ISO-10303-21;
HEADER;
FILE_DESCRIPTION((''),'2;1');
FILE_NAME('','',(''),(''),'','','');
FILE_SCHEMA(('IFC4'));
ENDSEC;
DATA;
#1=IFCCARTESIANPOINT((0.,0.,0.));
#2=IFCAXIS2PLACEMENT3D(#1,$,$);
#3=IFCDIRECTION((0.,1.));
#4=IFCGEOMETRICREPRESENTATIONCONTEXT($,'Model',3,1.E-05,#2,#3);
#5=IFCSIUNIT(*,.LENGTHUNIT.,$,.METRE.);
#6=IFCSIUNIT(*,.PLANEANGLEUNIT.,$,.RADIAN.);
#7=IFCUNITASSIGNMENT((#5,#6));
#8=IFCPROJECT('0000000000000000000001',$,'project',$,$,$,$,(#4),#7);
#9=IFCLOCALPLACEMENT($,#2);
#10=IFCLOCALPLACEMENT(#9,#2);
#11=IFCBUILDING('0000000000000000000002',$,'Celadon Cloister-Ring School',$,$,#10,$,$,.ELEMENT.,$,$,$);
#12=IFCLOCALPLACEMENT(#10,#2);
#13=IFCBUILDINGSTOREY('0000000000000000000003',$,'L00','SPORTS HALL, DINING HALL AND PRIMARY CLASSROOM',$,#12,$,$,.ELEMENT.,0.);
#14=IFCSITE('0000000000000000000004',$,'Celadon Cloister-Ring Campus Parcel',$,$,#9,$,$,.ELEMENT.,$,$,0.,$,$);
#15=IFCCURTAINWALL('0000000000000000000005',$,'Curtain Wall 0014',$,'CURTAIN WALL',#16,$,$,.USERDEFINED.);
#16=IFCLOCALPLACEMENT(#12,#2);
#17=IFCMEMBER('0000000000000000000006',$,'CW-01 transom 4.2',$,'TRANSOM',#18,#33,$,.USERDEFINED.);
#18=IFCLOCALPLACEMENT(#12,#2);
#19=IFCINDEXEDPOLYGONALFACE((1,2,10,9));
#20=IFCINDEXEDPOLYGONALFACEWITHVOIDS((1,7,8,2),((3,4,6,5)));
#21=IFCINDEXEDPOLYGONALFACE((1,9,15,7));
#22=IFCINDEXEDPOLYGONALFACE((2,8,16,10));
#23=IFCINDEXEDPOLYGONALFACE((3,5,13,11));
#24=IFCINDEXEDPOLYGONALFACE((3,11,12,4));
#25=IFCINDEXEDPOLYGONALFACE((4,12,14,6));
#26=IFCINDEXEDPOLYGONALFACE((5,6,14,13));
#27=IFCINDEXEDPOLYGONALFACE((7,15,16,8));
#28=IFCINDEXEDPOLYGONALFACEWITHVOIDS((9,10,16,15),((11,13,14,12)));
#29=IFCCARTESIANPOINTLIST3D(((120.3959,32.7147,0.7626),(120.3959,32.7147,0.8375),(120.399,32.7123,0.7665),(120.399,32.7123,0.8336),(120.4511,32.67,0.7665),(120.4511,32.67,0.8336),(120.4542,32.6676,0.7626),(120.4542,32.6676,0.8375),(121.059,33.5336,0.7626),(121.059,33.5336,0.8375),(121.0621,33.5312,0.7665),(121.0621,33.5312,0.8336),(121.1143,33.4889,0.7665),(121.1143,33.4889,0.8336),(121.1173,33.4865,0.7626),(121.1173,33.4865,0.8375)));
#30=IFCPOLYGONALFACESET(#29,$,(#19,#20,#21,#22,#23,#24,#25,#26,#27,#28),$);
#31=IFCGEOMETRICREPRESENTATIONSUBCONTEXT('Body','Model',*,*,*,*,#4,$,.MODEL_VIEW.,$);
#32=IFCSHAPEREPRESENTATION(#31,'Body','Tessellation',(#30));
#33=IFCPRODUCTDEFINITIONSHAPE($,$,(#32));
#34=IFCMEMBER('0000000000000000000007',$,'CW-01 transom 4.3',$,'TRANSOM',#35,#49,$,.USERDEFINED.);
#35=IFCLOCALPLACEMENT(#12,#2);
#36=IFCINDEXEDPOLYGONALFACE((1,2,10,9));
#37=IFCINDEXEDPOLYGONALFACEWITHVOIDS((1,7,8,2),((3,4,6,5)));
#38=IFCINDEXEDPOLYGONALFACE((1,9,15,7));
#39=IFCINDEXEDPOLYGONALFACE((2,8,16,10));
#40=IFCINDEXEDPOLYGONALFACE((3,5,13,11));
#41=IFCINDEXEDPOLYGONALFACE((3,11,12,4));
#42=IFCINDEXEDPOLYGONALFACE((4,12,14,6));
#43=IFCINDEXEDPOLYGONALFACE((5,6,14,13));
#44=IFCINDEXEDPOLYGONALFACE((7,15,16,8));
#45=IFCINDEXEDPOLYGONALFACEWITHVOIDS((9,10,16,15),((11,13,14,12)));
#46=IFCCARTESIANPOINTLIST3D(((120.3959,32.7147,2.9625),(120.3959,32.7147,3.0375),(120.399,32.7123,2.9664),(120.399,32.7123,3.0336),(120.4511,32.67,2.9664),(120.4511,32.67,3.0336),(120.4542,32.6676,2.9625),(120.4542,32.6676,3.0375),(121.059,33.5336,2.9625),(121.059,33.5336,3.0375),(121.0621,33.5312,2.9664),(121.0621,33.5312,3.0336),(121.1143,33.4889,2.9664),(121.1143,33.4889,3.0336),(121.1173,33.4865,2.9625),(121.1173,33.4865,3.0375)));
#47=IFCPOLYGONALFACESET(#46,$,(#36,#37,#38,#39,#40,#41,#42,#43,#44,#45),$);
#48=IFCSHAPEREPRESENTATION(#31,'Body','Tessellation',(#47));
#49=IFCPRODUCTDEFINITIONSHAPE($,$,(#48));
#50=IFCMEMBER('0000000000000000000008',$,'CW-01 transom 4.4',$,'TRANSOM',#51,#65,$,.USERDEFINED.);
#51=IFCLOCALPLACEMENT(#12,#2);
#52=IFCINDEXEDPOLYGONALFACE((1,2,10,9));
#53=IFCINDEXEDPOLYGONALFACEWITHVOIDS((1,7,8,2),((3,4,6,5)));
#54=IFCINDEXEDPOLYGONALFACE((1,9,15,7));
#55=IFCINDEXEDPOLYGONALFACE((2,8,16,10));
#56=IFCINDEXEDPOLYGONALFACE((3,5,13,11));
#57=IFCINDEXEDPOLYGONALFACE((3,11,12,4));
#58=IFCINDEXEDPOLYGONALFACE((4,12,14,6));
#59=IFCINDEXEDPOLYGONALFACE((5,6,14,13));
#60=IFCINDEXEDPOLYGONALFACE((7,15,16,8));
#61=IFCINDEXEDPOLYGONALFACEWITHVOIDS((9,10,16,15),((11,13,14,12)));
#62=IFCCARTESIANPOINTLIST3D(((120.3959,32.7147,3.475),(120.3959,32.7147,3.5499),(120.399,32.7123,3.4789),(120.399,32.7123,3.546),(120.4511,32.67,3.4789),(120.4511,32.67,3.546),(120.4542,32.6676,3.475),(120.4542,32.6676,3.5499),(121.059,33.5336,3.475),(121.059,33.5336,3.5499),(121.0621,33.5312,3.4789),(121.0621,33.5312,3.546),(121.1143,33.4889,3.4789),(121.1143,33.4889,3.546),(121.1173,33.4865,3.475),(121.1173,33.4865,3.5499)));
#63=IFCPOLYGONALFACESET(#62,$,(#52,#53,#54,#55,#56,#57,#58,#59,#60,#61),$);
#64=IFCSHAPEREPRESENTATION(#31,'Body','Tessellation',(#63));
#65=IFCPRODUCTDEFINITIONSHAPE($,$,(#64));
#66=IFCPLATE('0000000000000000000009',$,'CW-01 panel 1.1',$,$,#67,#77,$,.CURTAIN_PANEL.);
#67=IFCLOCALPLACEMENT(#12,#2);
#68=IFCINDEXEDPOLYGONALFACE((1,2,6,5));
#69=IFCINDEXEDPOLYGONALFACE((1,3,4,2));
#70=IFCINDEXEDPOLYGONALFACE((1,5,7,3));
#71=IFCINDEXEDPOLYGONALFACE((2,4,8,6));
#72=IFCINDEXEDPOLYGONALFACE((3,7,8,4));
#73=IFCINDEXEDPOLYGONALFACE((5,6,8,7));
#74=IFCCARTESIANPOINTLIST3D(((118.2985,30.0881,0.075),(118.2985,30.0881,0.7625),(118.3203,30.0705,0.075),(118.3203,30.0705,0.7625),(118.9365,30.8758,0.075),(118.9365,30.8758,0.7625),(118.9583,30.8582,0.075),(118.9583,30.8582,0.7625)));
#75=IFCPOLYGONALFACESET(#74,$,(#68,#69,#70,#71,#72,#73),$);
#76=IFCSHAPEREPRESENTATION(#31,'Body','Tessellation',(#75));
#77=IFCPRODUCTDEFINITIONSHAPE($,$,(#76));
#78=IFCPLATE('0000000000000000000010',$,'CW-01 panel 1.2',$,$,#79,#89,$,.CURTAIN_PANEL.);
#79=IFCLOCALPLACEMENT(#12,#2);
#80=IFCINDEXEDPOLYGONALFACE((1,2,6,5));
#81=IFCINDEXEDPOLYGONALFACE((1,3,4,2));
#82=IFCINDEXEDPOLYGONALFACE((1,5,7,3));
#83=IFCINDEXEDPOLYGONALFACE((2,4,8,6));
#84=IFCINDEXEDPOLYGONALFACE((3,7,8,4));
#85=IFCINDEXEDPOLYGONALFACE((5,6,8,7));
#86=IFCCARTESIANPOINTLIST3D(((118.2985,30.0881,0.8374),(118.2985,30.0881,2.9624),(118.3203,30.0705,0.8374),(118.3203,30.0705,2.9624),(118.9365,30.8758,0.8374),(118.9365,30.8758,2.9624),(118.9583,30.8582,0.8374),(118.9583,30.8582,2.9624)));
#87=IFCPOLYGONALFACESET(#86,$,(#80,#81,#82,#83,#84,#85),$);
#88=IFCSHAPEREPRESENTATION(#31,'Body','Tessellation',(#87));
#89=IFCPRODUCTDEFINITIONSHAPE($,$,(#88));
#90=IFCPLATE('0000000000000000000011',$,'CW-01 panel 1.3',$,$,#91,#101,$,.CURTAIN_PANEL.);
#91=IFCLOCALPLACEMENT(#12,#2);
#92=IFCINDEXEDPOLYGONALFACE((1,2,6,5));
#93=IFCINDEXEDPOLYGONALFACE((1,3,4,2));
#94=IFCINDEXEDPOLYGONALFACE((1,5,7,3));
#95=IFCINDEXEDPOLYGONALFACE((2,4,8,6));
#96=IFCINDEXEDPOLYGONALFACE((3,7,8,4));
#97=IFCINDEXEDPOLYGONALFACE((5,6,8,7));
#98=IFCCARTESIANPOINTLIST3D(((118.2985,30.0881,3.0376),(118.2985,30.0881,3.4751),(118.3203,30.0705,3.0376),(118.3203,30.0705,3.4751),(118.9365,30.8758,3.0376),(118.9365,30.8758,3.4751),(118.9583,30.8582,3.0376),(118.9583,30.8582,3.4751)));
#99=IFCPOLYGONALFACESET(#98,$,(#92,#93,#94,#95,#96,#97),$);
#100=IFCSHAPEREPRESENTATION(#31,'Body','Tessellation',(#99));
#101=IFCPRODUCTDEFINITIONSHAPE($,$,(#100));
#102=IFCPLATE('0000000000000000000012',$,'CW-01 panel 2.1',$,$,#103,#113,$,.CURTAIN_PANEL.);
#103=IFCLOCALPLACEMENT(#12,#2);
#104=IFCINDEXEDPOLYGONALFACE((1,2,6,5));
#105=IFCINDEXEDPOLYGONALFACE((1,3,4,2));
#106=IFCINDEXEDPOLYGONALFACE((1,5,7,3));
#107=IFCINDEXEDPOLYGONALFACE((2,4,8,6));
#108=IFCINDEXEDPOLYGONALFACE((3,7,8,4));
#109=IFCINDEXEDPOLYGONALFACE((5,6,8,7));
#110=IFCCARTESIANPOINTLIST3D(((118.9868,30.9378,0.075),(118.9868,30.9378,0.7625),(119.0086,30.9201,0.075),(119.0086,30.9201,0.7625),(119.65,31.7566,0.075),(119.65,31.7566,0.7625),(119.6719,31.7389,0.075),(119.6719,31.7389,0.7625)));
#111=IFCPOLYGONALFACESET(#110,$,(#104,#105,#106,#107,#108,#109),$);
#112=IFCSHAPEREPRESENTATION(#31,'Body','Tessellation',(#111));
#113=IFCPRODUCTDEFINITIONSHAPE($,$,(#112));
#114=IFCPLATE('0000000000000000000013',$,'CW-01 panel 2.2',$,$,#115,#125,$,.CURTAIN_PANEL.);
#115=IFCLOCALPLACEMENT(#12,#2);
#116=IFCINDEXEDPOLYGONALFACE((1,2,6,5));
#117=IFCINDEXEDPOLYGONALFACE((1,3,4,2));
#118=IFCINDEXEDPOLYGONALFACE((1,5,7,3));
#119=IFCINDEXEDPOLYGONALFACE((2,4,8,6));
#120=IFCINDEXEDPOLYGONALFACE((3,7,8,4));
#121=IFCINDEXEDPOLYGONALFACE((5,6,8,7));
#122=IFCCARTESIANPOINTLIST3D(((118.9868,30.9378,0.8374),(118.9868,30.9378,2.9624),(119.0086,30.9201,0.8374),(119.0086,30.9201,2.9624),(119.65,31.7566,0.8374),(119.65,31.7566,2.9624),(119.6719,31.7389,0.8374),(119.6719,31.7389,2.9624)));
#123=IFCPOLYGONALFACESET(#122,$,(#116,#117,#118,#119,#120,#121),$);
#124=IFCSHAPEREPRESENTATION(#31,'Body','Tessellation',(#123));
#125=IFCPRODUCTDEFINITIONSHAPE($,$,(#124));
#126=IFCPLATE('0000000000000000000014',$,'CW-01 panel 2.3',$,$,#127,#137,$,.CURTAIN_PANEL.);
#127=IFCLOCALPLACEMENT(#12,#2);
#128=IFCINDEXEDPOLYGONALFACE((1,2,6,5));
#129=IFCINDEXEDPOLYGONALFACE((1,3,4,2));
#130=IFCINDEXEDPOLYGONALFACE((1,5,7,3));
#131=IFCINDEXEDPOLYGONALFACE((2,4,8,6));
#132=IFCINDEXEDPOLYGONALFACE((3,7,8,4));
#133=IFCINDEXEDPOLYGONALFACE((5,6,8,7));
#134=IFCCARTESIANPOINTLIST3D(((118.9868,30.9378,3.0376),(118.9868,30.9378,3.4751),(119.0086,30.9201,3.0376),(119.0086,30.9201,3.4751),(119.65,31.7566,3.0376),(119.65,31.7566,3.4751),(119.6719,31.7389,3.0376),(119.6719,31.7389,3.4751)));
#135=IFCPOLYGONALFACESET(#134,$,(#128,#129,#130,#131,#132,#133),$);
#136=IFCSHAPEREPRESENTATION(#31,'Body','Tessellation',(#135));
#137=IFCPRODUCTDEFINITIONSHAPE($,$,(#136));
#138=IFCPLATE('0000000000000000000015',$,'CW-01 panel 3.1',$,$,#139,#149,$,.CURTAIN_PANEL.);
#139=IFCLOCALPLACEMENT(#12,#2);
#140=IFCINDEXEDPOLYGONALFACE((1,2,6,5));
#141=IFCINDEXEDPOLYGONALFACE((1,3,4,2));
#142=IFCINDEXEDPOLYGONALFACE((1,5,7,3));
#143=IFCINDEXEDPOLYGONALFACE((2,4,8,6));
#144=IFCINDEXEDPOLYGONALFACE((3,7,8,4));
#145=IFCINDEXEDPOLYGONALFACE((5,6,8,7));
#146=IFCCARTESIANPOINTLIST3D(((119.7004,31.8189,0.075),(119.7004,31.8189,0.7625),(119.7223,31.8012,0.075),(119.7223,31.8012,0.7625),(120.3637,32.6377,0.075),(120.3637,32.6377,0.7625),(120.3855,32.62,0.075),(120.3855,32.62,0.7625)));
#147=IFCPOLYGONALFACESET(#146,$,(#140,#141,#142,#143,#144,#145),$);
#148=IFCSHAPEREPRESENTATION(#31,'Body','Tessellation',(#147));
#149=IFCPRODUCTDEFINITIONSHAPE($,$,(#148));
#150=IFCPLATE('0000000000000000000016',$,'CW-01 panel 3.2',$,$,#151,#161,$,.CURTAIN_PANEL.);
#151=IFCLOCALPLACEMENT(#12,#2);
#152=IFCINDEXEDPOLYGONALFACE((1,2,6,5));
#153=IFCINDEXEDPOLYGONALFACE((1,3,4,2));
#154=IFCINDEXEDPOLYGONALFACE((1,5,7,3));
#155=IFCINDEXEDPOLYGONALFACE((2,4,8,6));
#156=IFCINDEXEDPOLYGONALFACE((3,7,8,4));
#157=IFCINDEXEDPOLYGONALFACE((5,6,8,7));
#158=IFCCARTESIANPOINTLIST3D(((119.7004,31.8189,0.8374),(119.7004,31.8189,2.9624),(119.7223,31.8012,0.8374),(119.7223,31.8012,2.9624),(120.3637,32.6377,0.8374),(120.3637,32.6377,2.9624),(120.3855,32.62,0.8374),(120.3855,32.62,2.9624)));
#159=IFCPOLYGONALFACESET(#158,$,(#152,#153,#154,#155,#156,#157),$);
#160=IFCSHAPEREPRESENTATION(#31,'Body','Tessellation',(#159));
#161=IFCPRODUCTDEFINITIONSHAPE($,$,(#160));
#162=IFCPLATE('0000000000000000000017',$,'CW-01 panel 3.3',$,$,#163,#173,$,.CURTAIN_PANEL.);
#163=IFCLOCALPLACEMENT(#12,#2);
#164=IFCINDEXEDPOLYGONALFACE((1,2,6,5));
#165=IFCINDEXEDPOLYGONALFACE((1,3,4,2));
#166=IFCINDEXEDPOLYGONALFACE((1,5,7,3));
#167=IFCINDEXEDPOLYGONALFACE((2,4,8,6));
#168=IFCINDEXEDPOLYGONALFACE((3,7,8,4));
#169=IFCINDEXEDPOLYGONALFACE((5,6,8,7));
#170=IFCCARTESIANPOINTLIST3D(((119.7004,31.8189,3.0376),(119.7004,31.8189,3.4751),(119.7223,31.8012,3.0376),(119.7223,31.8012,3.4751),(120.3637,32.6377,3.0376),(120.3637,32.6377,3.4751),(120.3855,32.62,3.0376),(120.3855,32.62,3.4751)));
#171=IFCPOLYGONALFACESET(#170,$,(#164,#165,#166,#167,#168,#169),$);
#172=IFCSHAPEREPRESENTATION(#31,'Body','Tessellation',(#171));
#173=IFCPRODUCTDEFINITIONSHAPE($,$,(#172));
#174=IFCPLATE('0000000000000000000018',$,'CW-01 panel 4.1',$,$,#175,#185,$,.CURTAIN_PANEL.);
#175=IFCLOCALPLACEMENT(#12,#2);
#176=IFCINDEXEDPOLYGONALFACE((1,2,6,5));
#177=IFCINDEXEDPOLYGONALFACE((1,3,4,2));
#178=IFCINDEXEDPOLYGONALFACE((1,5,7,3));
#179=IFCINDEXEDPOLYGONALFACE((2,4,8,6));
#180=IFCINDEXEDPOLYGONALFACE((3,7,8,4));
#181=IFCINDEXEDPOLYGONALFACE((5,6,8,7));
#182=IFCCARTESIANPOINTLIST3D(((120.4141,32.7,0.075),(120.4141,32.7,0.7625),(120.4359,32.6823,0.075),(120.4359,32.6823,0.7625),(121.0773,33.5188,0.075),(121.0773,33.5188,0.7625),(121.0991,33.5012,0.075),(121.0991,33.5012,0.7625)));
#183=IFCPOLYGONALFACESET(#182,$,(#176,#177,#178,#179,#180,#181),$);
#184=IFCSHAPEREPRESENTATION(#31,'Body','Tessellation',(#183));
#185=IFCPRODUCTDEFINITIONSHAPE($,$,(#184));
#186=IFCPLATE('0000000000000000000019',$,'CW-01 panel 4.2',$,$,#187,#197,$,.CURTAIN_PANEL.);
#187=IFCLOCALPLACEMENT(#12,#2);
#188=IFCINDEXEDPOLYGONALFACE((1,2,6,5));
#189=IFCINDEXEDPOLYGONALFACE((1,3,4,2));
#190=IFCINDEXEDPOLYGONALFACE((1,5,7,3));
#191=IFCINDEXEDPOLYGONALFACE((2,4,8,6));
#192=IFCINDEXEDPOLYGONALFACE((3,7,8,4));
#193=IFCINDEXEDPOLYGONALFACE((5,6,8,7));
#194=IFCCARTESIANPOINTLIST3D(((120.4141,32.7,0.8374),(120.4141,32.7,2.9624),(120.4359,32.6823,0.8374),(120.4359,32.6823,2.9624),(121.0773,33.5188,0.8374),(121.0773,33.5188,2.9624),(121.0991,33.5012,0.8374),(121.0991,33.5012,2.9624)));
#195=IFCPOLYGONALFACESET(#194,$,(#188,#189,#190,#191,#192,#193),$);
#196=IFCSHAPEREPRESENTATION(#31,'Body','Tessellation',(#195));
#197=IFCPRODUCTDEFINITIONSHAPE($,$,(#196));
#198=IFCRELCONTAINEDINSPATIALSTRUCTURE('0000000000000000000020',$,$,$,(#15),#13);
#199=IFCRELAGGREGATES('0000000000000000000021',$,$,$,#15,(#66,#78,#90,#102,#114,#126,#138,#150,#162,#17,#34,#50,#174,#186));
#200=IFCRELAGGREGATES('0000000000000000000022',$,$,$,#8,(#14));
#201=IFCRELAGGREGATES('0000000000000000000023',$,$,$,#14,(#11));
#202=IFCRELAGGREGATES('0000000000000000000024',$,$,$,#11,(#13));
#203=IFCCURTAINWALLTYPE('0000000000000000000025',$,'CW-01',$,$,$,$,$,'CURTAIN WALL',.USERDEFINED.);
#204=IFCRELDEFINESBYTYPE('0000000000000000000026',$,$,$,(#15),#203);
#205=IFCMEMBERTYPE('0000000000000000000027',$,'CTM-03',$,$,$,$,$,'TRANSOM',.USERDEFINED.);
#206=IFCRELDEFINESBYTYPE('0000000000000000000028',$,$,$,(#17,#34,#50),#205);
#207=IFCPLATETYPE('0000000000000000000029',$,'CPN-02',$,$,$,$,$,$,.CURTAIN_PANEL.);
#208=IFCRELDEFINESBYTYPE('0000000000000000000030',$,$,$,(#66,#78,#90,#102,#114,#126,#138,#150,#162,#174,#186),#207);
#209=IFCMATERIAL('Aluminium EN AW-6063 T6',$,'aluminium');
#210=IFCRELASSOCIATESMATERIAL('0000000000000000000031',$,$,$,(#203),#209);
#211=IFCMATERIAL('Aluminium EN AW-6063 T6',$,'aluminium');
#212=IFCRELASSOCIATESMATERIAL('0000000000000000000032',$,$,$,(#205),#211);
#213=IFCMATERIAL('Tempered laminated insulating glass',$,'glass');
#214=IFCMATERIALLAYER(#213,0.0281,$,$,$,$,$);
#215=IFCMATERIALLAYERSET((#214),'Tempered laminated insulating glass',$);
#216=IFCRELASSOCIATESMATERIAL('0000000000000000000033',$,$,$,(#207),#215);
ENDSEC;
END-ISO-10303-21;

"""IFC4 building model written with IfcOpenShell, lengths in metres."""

from ifc_helpers import new_model, si_unit, direction, frame, origin, origin_2d, place, context, subcontext, project, spatial, rectangle, hollow_rectangle, extrude, material, layer, layer_set, material_profile, profile_set, type_object, element, aggregate, save


model = new_model("IFC4")

# Units and contexts
model_context = context("Model", 3, precision=1e-05, world=origin(), true_north=direction((0.0, 1.0)))
body_context = subcontext(model_context, "Body", "Model", "MODEL_VIEW")
ifc_project = project(units=[si_unit("LENGTHUNIT", "METRE"), si_unit("PLANEANGLEUNIT", "RADIAN")], contexts=[model_context])

# Site, building, storey
site_placement = place(None, origin())
site = spatial("IfcSite", under=ifc_project, at=site_placement, Name="Celadon Cloister-Ring Campus Parcel", CompositionType="ELEMENT", RefElevation=0.0)
building_placement = place(site_placement, origin())
building = spatial("IfcBuilding", under=site, at=building_placement, Name="Celadon Cloister-Ring School", CompositionType="ELEMENT")
storey_placement = place(building_placement, origin())
storey = spatial("IfcBuildingStorey", under=building, at=storey_placement, Name="L00", Description="SPORTS HALL, DINING HALL AND PRIMARY CLASSROOM", CompositionType="ELEMENT", Elevation=0.0)

# Curtain wall, members, plates
ifc_material_1 = material(Name="Aluminium EN AW-6063 T6", Category="aluminium")
curtain_wall_type = type_object("IfcCurtainWallType", Name="CW-01", ElementType="CURTAIN WALL", PredefinedType="USERDEFINED", material=ifc_material_1)
curtain_wall_placement = place(storey_placement, origin())
curtain_wall = element("IfcCurtainWall", 1, at=curtain_wall_placement, inside=storey, type_object=curtain_wall_type, Name="Curtain Wall 0014", ObjectType="CURTAIN WALL", PredefinedType="USERDEFINED")
ifc_material_2 = material(Name="Aluminium EN AW-6063 T6", Category="aluminium")
ifc_material_profile_1 = material_profile(ifc_material_2, hollow_rectangle(XDim=0.075, YDim=0.075, WallThickness=0.0039, at=origin_2d()), Name="RHS75X75X4")
ifc_profile_set_1 = profile_set([ifc_material_profile_1], Name="Aluminium EN AW-6063 T6")
member_type_1 = type_object("IfcMemberType", Name="CTM-03", ElementType="TRANSOM", PredefinedType="USERDEFINED", material=ifc_profile_set_1)
member_1_placement = place(storey_placement, frame((120.425, 32.6912, 0.8), z_axis=(0.629318, 0.777148, 0.0), x_axis=(-0.777148, 0.629318, 0.0)))
member_1 = element("IfcMember", 2, at=member_1_placement, type_object=member_type_1, Name="CW-01 transom 4.2", ObjectType="TRANSOM", PredefinedType="USERDEFINED", context=body_context, shape_type="SweptSolid", body=[
    extrude(hollow_rectangle(XDim=0.075, YDim=0.075, WallThickness=0.0039, at=origin_2d()), origin(), (0.0, 0.0, 1.0), 1.0537),
])
member_2_placement = place(storey_placement, frame((120.425, 32.6912, 3.0), z_axis=(0.629318, 0.777148, 0.0), x_axis=(-0.777148, 0.629318, 0.0)))
member_2 = element("IfcMember", 3, at=member_2_placement, type_object=member_type_1, Name="CW-01 transom 4.3", ObjectType="TRANSOM", PredefinedType="USERDEFINED", context=body_context, shape_type="SweptSolid", body=[
    extrude(hollow_rectangle(XDim=0.075, YDim=0.075, WallThickness=0.0039, at=origin_2d()), origin(), (0.0, 0.0, 1.0), 1.0537),
])
member_3_placement = place(storey_placement, frame((120.425, 32.6912, 3.5125), z_axis=(0.629318, 0.777148, 0.0), x_axis=(-0.777148, 0.629318, 0.0)))
member_3 = element("IfcMember", 4, at=member_3_placement, type_object=member_type_1, Name="CW-01 transom 4.4", ObjectType="TRANSOM", PredefinedType="USERDEFINED", context=body_context, shape_type="SweptSolid", body=[
    extrude(hollow_rectangle(XDim=0.075, YDim=0.075, WallThickness=0.0039, at=origin_2d()), origin(), (0.0, 0.0, 1.0), 1.0537),
])
ifc_material_3 = material(Name="Tempered laminated insulating glass", Category="glass")
ifc_layer = layer(ifc_material_3, 0.0281)
ifc_layer_set = layer_set([ifc_layer], Name="Tempered laminated insulating glass")
plate_type = type_object("IfcPlateType", Name="CPN-02", PredefinedType="CURTAIN_PANEL", material=ifc_layer_set)
plate_1_placement = place(storey_placement, frame((118.6284, 30.4731, 0.075), z_axis=(0.0, 0.0, 1.0), x_axis=(0.629416, 0.777068, 0.0)))
plate_1 = element("IfcPlate", 5, at=plate_1_placement, type_object=plate_type, Name="CW-01 panel 1.1", PredefinedType="CURTAIN_PANEL", context=body_context, shape_type="SweptSolid", body=[
    extrude(rectangle(XDim=1.0137, YDim=0.0281, at=origin_2d()), origin(), (0.0, 0.0, 1.0), 0.6875),
])
plate_2_placement = place(storey_placement, frame((118.6284, 30.4731, 0.8374), z_axis=(0.0, 0.0, 1.0), x_axis=(0.629416, 0.777068, 0.0)))
plate_2 = element("IfcPlate", 6, at=plate_2_placement, type_object=plate_type, Name="CW-01 panel 1.2", PredefinedType="CURTAIN_PANEL", context=body_context, shape_type="SweptSolid", body=[
    extrude(rectangle(XDim=1.0137, YDim=0.0281, at=origin_2d()), origin(), (0.0, 0.0, 1.0), 2.125),
])
plate_3_placement = place(storey_placement, frame((118.6284, 30.4731, 3.0376), z_axis=(0.0, 0.0, 1.0), x_axis=(0.629416, 0.777068, 0.0)))
plate_3 = element("IfcPlate", 7, at=plate_3_placement, type_object=plate_type, Name="CW-01 panel 1.3", PredefinedType="CURTAIN_PANEL", context=body_context, shape_type="SweptSolid", body=[
    extrude(rectangle(XDim=1.0137, YDim=0.0281, at=origin_2d()), origin(), (0.0, 0.0, 1.0), 0.4375),
])
plate_4_placement = place(storey_placement, frame((119.3293, 31.3384, 0.075), z_axis=(0.0, 0.0, 1.0), x_axis=(0.629416, 0.777068, 0.0)))
plate_4 = element("IfcPlate", 8, at=plate_4_placement, type_object=plate_type, Name="CW-01 panel 2.1", PredefinedType="CURTAIN_PANEL", context=body_context, shape_type="SweptSolid", body=[
    extrude(rectangle(XDim=1.0537, YDim=0.0281, at=origin_2d()), origin(), (0.0, 0.0, 1.0), 0.6875),
])
plate_5_placement = place(storey_placement, frame((119.3293, 31.3384, 0.8374), z_axis=(0.0, 0.0, 1.0), x_axis=(0.629416, 0.777068, 0.0)))
plate_5 = element("IfcPlate", 9, at=plate_5_placement, type_object=plate_type, Name="CW-01 panel 2.2", PredefinedType="CURTAIN_PANEL", context=body_context, shape_type="SweptSolid", body=[
    extrude(rectangle(XDim=1.0537, YDim=0.0281, at=origin_2d()), origin(), (0.0, 0.0, 1.0), 2.125),
])
plate_6_placement = place(storey_placement, frame((119.3293, 31.3384, 3.0376), z_axis=(0.0, 0.0, 1.0), x_axis=(0.629416, 0.777068, 0.0)))
plate_6 = element("IfcPlate", 10, at=plate_6_placement, type_object=plate_type, Name="CW-01 panel 2.3", PredefinedType="CURTAIN_PANEL", context=body_context, shape_type="SweptSolid", body=[
    extrude(rectangle(XDim=1.0537, YDim=0.0281, at=origin_2d()), origin(), (0.0, 0.0, 1.0), 0.4375),
])
plate_7_placement = place(storey_placement, frame((120.043, 32.2195, 0.075), z_axis=(0.0, 0.0, 1.0), x_axis=(0.629416, 0.777068, 0.0)))
plate_7 = element("IfcPlate", 11, at=plate_7_placement, type_object=plate_type, Name="CW-01 panel 3.1", PredefinedType="CURTAIN_PANEL", context=body_context, shape_type="SweptSolid", body=[
    extrude(rectangle(XDim=1.0537, YDim=0.0281, at=origin_2d()), origin(), (0.0, 0.0, 1.0), 0.6875),
])
plate_8_placement = place(storey_placement, frame((120.043, 32.2195, 0.8374), z_axis=(0.0, 0.0, 1.0), x_axis=(0.629416, 0.777068, 0.0)))
plate_8 = element("IfcPlate", 12, at=plate_8_placement, type_object=plate_type, Name="CW-01 panel 3.2", PredefinedType="CURTAIN_PANEL", context=body_context, shape_type="SweptSolid", body=[
    extrude(rectangle(XDim=1.0537, YDim=0.0281, at=origin_2d()), origin(), (0.0, 0.0, 1.0), 2.125),
])
plate_9_placement = place(storey_placement, frame((120.043, 32.2195, 3.0376), z_axis=(0.0, 0.0, 1.0), x_axis=(0.629416, 0.777068, 0.0)))
plate_9 = element("IfcPlate", 13, at=plate_9_placement, type_object=plate_type, Name="CW-01 panel 3.3", PredefinedType="CURTAIN_PANEL", context=body_context, shape_type="SweptSolid", body=[
    extrude(rectangle(XDim=1.0537, YDim=0.0281, at=origin_2d()), origin(), (0.0, 0.0, 1.0), 0.4375),
])
plate_10_placement = place(storey_placement, frame((120.7566, 33.1006, 0.075), z_axis=(0.0, 0.0, 1.0), x_axis=(0.629416, 0.777068, 0.0)))
plate_10 = element("IfcPlate", 14, at=plate_10_placement, type_object=plate_type, Name="CW-01 panel 4.1", PredefinedType="CURTAIN_PANEL", context=body_context, shape_type="SweptSolid", body=[
    extrude(rectangle(XDim=1.0537, YDim=0.0281, at=origin_2d()), origin(), (0.0, 0.0, 1.0), 0.6875),
])
plate_11_placement = place(storey_placement, frame((120.7566, 33.1006, 0.8374), z_axis=(0.0, 0.0, 1.0), x_axis=(0.629416, 0.777068, 0.0)))
plate_11 = element("IfcPlate", 15, at=plate_11_placement, type_object=plate_type, Name="CW-01 panel 4.2", PredefinedType="CURTAIN_PANEL", context=body_context, shape_type="SweptSolid", body=[
    extrude(rectangle(XDim=1.0537, YDim=0.0281, at=origin_2d()), origin(), (0.0, 0.0, 1.0), 2.125),
])
aggregate(curtain_wall, [plate_1, plate_2, plate_3, plate_4, plate_5, plate_6, plate_7, plate_8, plate_9, member_1, member_2, member_3, plate_10, plate_11])

save(model, "model.ifc")
